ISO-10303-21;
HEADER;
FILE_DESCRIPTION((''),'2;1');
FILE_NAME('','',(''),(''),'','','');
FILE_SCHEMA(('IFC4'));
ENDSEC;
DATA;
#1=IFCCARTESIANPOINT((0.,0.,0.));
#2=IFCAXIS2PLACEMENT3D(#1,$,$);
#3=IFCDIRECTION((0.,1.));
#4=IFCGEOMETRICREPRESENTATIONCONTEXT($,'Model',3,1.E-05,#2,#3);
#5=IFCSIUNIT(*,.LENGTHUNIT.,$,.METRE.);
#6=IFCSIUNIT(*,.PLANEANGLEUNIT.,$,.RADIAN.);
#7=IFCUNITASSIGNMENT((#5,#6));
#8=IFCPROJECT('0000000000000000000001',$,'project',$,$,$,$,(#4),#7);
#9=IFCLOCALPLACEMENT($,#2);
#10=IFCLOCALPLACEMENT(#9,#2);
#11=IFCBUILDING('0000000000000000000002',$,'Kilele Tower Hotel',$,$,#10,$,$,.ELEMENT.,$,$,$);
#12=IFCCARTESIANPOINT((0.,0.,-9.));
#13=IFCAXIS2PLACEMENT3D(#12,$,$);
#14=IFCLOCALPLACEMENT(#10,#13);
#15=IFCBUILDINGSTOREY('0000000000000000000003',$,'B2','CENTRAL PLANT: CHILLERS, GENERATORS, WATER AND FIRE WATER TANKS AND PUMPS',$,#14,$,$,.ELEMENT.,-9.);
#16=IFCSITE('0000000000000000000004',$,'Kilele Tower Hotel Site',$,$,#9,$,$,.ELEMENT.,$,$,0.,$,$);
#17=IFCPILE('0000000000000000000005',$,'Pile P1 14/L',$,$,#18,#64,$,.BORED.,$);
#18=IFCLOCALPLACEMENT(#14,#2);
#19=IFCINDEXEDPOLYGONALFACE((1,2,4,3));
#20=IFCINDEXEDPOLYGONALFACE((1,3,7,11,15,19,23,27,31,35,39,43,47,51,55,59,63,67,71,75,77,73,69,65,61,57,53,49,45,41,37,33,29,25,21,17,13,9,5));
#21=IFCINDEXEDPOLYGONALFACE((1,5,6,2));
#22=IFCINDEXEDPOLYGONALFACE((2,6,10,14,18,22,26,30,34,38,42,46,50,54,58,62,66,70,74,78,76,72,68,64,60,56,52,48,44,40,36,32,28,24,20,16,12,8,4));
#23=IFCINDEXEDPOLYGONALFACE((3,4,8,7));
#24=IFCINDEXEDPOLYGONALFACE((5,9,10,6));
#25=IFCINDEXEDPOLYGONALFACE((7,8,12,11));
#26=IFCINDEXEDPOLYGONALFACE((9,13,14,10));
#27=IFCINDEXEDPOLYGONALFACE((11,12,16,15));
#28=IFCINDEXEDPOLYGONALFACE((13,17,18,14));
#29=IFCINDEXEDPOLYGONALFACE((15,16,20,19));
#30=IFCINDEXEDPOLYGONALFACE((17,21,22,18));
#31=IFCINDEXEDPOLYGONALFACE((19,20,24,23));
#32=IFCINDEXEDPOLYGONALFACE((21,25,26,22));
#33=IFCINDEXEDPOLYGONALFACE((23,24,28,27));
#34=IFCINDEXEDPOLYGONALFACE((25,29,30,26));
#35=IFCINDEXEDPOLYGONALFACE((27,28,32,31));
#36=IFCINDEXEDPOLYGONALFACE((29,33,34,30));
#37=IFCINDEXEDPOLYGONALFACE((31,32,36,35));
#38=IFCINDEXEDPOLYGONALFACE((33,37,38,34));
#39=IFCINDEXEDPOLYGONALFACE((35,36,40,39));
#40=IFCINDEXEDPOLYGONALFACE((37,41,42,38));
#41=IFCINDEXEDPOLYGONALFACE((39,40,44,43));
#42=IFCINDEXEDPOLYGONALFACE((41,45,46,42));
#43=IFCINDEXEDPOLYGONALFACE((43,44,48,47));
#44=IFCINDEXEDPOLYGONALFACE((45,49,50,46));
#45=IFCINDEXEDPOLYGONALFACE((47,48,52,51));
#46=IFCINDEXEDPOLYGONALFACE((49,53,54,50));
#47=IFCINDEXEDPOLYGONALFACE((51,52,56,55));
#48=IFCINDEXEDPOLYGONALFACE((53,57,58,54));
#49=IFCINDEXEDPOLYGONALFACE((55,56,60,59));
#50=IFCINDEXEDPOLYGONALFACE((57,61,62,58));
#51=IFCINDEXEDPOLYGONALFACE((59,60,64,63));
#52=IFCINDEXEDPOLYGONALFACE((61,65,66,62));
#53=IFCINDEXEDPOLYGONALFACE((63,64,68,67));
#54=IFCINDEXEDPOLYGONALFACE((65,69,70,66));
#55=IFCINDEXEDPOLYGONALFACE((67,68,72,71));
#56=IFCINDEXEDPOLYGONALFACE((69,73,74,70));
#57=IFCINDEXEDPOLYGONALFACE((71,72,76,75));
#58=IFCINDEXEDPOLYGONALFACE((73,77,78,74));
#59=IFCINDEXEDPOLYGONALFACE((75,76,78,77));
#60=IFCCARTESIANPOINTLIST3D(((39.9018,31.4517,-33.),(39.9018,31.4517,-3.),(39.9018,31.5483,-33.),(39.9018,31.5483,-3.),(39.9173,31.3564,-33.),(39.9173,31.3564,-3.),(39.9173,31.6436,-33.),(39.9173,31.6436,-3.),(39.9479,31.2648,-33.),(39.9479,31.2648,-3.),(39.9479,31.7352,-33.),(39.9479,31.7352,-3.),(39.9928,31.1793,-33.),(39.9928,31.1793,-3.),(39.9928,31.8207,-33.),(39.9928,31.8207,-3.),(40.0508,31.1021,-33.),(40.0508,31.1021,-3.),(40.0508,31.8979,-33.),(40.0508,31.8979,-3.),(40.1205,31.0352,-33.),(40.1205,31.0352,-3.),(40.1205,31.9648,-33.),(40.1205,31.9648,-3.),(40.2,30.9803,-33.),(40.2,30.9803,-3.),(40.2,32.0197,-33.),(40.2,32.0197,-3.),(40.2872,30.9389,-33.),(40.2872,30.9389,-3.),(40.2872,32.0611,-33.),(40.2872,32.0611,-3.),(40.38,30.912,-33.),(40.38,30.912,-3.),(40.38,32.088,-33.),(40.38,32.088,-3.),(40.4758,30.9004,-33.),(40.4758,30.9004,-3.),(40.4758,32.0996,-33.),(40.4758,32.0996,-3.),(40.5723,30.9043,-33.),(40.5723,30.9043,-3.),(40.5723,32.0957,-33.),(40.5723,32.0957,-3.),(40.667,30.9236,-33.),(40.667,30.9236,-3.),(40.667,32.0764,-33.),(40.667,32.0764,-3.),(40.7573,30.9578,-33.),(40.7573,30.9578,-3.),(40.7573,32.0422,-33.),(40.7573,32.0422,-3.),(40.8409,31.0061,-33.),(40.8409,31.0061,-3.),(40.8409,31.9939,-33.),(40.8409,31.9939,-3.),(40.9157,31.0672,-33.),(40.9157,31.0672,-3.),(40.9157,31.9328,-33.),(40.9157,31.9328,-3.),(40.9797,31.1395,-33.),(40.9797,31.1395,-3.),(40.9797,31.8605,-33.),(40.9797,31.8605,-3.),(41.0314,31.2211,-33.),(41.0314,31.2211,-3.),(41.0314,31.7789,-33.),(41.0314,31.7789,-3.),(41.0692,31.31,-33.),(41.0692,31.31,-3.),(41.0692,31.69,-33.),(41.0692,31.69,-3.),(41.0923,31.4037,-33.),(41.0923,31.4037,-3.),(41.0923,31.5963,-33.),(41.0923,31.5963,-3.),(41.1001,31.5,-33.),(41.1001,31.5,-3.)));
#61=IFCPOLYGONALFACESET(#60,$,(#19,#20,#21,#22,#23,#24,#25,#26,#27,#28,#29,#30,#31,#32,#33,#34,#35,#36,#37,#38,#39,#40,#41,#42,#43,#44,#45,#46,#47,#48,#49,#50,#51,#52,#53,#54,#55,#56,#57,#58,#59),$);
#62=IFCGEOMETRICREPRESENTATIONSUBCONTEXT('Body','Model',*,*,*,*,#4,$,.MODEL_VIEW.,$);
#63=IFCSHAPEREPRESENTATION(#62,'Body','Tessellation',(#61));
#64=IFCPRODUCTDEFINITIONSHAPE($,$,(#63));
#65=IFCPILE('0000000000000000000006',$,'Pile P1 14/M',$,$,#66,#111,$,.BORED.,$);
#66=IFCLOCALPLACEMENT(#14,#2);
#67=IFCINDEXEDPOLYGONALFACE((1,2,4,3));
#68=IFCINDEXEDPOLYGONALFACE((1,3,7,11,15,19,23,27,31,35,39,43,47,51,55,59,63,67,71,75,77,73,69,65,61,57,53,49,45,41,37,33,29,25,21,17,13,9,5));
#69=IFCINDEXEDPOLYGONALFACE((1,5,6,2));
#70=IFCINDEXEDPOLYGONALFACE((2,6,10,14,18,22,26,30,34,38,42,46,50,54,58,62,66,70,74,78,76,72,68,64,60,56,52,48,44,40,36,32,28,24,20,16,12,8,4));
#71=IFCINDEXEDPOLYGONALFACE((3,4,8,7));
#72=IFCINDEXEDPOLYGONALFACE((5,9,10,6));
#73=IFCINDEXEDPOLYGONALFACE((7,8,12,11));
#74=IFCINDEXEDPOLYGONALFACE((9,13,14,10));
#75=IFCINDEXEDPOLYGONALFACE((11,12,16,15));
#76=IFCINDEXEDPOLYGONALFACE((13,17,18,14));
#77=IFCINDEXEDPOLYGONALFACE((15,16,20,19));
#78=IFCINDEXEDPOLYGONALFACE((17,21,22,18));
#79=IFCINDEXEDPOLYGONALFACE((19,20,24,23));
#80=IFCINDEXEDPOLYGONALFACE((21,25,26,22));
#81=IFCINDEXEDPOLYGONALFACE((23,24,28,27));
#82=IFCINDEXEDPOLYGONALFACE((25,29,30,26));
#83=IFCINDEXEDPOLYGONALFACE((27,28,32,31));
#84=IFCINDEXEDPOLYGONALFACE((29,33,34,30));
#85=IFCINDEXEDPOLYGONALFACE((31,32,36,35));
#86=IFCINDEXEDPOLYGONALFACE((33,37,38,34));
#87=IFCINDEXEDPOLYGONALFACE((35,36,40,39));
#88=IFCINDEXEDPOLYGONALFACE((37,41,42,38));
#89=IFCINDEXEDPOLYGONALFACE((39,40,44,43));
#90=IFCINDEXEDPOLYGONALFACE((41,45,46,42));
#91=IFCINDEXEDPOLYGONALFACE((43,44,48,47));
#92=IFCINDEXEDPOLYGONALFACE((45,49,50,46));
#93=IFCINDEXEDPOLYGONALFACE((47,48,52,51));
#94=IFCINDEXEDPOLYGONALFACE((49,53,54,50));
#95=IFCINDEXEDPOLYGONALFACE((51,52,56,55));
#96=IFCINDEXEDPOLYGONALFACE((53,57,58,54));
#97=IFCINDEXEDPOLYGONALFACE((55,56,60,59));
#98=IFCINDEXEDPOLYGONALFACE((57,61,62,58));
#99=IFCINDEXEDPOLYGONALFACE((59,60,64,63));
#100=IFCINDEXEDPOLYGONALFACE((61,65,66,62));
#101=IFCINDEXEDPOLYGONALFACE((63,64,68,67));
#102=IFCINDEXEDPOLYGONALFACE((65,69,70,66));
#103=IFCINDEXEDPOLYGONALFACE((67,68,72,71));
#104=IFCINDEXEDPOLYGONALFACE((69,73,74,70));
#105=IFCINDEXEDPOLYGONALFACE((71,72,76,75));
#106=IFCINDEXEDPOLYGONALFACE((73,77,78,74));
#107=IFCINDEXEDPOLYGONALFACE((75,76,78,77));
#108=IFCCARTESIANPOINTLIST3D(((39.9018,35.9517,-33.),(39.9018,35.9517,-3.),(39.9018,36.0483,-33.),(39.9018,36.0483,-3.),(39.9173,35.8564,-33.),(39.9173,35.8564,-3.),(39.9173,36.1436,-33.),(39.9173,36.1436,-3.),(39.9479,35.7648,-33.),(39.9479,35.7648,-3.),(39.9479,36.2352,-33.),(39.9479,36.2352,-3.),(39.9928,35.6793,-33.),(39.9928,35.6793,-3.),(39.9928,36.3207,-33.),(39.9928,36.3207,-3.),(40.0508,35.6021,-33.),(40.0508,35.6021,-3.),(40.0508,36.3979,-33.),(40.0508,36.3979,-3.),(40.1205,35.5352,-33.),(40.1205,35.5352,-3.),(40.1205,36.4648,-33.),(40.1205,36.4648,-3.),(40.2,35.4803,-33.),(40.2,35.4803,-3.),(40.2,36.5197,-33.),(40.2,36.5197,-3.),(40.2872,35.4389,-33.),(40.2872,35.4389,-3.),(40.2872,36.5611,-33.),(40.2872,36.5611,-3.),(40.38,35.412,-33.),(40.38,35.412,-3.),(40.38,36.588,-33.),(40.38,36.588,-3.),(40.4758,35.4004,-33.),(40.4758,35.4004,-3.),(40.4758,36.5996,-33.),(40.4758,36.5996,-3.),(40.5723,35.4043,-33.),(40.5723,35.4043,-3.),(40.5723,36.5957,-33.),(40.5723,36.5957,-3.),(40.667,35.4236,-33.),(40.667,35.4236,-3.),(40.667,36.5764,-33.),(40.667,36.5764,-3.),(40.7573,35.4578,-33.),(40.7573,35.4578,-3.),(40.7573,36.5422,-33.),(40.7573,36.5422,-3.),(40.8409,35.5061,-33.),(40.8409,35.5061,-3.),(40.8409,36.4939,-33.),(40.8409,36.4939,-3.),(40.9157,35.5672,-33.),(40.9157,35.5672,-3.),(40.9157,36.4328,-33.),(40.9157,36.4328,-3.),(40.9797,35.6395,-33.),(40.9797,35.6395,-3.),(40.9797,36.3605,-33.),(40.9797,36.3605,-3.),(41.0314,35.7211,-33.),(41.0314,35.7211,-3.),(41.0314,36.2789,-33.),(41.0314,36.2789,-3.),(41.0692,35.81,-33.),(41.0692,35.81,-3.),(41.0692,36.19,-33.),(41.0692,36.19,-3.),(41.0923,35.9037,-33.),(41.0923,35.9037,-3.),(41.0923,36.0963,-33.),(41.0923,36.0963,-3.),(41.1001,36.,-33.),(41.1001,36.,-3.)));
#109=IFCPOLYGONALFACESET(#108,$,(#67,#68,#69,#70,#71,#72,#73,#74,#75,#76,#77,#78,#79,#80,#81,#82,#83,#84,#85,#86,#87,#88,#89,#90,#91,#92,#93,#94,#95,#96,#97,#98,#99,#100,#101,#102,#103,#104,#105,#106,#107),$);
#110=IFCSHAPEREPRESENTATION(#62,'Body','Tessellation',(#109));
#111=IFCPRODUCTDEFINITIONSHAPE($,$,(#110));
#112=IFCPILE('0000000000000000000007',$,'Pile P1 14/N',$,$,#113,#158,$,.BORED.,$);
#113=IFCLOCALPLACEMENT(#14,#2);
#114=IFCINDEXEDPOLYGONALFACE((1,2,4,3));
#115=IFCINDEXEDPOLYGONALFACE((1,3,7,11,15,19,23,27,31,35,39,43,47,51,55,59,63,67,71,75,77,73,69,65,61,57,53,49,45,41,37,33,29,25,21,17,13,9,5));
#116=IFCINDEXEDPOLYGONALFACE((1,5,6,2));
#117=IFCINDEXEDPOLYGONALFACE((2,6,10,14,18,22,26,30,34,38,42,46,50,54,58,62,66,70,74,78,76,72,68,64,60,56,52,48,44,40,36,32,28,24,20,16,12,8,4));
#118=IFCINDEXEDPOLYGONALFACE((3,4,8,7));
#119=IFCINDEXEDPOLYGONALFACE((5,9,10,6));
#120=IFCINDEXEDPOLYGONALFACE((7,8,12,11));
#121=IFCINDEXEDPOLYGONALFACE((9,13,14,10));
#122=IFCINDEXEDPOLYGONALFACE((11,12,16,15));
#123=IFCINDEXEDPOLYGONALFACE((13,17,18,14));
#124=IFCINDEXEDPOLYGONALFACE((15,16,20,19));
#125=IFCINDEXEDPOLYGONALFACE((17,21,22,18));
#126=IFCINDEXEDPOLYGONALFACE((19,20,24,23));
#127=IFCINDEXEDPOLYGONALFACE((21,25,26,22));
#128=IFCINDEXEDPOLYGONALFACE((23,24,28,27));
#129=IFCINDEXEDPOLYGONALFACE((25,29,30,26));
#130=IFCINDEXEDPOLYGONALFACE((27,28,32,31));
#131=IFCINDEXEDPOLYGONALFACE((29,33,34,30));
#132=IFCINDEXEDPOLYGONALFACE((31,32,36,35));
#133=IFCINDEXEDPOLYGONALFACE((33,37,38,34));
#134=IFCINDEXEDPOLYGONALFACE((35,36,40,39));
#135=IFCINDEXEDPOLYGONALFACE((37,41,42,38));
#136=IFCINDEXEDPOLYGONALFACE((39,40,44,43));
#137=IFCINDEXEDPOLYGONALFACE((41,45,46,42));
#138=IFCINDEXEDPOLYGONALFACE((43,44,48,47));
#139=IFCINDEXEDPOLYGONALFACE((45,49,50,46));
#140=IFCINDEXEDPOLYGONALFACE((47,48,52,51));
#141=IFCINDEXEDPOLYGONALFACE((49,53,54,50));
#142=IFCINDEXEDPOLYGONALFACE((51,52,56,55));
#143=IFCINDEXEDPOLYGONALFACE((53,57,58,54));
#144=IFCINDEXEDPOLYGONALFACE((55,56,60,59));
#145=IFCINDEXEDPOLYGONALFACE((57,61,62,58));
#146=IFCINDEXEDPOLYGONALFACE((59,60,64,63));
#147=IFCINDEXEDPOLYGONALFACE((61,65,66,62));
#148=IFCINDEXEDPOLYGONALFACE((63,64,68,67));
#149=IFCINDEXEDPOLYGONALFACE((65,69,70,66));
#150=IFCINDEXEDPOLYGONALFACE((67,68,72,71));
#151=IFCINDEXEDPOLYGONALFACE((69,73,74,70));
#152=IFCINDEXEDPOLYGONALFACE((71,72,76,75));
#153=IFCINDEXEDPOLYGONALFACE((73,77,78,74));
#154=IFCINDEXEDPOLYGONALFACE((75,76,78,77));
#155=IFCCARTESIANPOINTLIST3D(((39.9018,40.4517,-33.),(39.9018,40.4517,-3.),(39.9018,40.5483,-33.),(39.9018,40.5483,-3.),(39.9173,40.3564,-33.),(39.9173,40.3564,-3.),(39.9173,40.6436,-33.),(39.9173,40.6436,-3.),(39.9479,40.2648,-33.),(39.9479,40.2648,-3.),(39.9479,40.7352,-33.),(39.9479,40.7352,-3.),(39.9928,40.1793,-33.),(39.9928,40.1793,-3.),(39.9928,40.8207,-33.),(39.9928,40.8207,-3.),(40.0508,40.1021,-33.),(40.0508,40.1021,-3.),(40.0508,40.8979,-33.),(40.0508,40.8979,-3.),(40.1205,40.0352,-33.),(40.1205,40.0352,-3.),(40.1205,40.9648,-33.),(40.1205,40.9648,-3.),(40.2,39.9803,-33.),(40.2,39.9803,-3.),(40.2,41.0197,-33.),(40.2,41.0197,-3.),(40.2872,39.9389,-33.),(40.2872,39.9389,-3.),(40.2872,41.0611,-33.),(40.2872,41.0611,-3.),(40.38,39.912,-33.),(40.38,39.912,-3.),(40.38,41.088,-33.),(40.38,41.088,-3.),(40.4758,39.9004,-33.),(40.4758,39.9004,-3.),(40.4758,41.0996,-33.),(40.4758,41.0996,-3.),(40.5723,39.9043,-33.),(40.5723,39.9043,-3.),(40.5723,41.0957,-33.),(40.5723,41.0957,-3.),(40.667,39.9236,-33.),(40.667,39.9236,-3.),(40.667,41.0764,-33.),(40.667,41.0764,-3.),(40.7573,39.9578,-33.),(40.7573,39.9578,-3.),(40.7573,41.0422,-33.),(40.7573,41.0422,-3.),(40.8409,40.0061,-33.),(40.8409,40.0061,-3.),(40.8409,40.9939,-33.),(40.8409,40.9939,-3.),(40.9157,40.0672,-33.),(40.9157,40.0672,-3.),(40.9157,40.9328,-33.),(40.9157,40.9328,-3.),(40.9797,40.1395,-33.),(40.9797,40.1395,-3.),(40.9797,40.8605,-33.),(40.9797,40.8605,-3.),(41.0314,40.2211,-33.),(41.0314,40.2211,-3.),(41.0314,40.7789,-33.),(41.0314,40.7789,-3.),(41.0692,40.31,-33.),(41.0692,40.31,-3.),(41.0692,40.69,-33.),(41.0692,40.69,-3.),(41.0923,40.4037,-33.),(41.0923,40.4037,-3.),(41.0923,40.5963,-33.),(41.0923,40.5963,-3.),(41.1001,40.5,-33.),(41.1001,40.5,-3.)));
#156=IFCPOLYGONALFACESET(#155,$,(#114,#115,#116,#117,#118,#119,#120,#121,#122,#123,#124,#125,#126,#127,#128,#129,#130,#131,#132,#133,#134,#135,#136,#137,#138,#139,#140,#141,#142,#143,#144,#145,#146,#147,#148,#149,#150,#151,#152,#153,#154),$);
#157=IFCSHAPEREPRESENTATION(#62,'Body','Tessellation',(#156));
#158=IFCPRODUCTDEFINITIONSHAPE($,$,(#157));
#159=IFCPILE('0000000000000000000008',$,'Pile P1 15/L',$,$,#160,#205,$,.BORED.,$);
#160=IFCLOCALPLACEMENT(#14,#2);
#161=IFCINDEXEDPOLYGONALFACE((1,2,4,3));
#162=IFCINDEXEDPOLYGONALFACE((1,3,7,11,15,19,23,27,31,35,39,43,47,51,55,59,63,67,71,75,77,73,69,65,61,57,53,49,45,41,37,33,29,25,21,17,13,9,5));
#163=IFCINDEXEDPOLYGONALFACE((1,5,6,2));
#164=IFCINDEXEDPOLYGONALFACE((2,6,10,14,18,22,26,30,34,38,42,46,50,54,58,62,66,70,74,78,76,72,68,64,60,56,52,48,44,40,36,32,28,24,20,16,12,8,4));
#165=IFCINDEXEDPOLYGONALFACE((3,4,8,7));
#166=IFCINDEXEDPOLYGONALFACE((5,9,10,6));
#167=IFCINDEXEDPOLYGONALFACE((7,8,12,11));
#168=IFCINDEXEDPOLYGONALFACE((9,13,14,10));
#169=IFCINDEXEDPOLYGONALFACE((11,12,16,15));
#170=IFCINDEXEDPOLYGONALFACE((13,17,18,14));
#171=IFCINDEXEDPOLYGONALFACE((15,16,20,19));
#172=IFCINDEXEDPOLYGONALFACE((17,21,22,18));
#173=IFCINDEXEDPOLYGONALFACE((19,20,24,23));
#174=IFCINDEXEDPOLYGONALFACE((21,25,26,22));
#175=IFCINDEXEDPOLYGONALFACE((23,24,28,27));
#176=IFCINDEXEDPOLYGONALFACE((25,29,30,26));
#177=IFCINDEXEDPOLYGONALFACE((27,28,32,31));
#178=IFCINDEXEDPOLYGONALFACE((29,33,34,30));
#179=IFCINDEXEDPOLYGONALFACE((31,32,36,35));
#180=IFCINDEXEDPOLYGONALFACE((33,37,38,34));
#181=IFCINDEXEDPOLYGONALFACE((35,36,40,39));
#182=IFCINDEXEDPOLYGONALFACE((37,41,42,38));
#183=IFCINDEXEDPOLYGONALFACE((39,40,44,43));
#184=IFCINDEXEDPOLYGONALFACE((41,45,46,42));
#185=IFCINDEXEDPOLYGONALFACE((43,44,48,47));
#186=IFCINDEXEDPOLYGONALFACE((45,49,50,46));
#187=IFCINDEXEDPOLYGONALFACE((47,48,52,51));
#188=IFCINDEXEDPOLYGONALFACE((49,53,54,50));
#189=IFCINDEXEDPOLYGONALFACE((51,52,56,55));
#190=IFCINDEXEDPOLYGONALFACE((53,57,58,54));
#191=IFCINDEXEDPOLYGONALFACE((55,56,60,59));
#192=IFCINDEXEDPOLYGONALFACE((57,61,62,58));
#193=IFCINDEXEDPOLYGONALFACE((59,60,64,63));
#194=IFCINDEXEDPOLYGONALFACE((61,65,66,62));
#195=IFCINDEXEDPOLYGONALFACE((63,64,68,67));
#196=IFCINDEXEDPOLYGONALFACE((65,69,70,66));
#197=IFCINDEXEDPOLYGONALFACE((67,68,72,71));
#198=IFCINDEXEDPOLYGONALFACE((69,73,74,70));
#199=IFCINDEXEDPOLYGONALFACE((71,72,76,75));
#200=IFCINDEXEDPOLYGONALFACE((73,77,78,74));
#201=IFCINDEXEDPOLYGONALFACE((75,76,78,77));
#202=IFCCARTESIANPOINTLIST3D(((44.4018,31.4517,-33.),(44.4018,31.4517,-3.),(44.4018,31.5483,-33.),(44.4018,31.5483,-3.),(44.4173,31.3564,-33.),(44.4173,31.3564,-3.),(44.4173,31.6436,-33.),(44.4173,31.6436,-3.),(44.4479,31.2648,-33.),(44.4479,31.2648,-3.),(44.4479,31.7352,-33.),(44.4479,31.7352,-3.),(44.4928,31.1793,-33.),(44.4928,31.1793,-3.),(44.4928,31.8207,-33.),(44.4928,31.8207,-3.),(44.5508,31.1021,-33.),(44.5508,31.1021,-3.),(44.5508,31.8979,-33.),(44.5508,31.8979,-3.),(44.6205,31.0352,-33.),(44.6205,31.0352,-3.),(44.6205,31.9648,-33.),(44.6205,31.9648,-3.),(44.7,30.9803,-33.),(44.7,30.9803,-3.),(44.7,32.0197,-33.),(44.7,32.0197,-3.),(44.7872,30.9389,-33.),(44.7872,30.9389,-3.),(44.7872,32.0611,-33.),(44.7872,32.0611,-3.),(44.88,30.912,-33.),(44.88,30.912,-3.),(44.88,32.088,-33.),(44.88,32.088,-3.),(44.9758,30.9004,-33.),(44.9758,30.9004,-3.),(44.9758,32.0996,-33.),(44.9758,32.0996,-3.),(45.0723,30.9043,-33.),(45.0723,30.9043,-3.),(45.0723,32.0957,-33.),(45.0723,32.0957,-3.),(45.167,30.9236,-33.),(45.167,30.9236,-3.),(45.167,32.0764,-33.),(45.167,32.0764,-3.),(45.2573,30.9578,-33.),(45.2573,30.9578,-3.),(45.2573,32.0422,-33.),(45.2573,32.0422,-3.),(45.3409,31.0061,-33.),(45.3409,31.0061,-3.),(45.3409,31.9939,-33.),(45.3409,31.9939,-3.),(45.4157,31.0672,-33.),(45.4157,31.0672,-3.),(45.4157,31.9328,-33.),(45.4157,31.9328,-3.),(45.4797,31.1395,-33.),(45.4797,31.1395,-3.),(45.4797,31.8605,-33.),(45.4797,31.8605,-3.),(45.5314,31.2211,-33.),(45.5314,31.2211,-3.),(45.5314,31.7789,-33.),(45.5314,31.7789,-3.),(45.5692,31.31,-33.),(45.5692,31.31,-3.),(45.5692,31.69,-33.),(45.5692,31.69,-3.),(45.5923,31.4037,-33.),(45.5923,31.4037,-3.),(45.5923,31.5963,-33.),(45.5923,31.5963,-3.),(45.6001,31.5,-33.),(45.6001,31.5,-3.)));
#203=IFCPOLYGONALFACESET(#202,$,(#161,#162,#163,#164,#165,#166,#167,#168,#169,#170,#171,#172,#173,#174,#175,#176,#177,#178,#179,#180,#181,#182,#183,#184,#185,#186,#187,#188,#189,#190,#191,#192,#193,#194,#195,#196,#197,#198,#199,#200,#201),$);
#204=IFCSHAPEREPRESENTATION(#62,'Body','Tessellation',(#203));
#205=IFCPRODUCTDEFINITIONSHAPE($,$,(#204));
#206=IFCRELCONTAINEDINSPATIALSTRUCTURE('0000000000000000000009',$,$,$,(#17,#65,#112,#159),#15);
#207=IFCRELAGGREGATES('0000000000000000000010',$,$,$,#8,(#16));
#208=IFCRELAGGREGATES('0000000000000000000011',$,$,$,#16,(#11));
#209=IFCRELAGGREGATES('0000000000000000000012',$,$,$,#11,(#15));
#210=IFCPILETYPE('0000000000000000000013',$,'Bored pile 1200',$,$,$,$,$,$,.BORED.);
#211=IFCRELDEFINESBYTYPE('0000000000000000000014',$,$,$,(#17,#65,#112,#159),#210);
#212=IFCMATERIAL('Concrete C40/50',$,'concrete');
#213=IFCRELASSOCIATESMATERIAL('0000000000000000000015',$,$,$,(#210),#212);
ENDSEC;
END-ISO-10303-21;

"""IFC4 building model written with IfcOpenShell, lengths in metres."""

from ifc_helpers import new_model, si_unit, direction, frame, origin, origin_2d, place, context, subcontext, project, spatial, circle, extrude, material, material_profile, profile_set, type_object, element, save


model = new_model("IFC4")

# Units and contexts
model_context = context("Model", 3, precision=1e-05, world=origin(), true_north=direction((0.0, 1.0)))
body_context = subcontext(model_context, "Body", "Model", "MODEL_VIEW")
ifc_project = project(units=[si_unit("LENGTHUNIT", "METRE"), si_unit("PLANEANGLEUNIT", "RADIAN")], contexts=[model_context])

# Site, building, storey
site_placement = place(None, origin())
site = spatial("IfcSite", under=ifc_project, at=site_placement, Name="Kilele Tower Hotel Site", CompositionType="ELEMENT", RefElevation=0.0)
building_placement = place(site_placement, origin())
building = spatial("IfcBuilding", under=site, at=building_placement, Name="Kilele Tower Hotel", CompositionType="ELEMENT")
storey_placement = place(building_placement, frame((0.0, 0.0, -9.0)))
storey = spatial("IfcBuildingStorey", under=building, at=storey_placement, Name="B2", Description="CENTRAL PLANT: CHILLERS, GENERATORS, WATER AND FIRE WATER TANKS AND PUMPS", CompositionType="ELEMENT", Elevation=-9.0)

# Piles
ifc_material_1 = material(Name="Concrete C40/50", Category="concrete")
ifc_material_profile_1 = material_profile(ifc_material_1, circle(Radius=0.6001, at=origin_2d()))
ifc_profile_set_1 = profile_set([ifc_material_profile_1], Name="Concrete C40/50")
pile_type = type_object("IfcPileType", Name="Bored pile 1200", PredefinedType="BORED", material=ifc_profile_set_1)
for number, where, z_axis, x_axis, name in (
    (1, (40.5, 31.5, -3.0), (0.0, 0.0, -1.0), (1.0, 0.0, 0.0), "Pile P1 14/L"),
    (2, (40.5, 36.0, -3.0), (0.0, 0.0, -1.0), (1.0, 0.0, 0.0), "Pile P1 14/M"),
    (3, (40.5, 40.5, -3.0), (0.0, 0.0, -1.0), (1.0, 0.0, 0.0), "Pile P1 14/N"),
    (4, (45.0, 31.5, -3.0), (0.0, 0.0, -1.0), (1.0, 0.0, 0.0), "Pile P1 15/L"),
):
    element("IfcPile", number, at=place(storey_placement, frame(where, z_axis=z_axis, x_axis=x_axis)), inside=storey, type_object=pile_type, Name=name, PredefinedType="BORED", context=body_context, shape_type="SweptSolid", body=[
        extrude(circle(Radius=0.6001, at=origin_2d()), origin(), (0.0, 0.0, 1.0), 30.0),
    ])

save(model, "model.ifc")
